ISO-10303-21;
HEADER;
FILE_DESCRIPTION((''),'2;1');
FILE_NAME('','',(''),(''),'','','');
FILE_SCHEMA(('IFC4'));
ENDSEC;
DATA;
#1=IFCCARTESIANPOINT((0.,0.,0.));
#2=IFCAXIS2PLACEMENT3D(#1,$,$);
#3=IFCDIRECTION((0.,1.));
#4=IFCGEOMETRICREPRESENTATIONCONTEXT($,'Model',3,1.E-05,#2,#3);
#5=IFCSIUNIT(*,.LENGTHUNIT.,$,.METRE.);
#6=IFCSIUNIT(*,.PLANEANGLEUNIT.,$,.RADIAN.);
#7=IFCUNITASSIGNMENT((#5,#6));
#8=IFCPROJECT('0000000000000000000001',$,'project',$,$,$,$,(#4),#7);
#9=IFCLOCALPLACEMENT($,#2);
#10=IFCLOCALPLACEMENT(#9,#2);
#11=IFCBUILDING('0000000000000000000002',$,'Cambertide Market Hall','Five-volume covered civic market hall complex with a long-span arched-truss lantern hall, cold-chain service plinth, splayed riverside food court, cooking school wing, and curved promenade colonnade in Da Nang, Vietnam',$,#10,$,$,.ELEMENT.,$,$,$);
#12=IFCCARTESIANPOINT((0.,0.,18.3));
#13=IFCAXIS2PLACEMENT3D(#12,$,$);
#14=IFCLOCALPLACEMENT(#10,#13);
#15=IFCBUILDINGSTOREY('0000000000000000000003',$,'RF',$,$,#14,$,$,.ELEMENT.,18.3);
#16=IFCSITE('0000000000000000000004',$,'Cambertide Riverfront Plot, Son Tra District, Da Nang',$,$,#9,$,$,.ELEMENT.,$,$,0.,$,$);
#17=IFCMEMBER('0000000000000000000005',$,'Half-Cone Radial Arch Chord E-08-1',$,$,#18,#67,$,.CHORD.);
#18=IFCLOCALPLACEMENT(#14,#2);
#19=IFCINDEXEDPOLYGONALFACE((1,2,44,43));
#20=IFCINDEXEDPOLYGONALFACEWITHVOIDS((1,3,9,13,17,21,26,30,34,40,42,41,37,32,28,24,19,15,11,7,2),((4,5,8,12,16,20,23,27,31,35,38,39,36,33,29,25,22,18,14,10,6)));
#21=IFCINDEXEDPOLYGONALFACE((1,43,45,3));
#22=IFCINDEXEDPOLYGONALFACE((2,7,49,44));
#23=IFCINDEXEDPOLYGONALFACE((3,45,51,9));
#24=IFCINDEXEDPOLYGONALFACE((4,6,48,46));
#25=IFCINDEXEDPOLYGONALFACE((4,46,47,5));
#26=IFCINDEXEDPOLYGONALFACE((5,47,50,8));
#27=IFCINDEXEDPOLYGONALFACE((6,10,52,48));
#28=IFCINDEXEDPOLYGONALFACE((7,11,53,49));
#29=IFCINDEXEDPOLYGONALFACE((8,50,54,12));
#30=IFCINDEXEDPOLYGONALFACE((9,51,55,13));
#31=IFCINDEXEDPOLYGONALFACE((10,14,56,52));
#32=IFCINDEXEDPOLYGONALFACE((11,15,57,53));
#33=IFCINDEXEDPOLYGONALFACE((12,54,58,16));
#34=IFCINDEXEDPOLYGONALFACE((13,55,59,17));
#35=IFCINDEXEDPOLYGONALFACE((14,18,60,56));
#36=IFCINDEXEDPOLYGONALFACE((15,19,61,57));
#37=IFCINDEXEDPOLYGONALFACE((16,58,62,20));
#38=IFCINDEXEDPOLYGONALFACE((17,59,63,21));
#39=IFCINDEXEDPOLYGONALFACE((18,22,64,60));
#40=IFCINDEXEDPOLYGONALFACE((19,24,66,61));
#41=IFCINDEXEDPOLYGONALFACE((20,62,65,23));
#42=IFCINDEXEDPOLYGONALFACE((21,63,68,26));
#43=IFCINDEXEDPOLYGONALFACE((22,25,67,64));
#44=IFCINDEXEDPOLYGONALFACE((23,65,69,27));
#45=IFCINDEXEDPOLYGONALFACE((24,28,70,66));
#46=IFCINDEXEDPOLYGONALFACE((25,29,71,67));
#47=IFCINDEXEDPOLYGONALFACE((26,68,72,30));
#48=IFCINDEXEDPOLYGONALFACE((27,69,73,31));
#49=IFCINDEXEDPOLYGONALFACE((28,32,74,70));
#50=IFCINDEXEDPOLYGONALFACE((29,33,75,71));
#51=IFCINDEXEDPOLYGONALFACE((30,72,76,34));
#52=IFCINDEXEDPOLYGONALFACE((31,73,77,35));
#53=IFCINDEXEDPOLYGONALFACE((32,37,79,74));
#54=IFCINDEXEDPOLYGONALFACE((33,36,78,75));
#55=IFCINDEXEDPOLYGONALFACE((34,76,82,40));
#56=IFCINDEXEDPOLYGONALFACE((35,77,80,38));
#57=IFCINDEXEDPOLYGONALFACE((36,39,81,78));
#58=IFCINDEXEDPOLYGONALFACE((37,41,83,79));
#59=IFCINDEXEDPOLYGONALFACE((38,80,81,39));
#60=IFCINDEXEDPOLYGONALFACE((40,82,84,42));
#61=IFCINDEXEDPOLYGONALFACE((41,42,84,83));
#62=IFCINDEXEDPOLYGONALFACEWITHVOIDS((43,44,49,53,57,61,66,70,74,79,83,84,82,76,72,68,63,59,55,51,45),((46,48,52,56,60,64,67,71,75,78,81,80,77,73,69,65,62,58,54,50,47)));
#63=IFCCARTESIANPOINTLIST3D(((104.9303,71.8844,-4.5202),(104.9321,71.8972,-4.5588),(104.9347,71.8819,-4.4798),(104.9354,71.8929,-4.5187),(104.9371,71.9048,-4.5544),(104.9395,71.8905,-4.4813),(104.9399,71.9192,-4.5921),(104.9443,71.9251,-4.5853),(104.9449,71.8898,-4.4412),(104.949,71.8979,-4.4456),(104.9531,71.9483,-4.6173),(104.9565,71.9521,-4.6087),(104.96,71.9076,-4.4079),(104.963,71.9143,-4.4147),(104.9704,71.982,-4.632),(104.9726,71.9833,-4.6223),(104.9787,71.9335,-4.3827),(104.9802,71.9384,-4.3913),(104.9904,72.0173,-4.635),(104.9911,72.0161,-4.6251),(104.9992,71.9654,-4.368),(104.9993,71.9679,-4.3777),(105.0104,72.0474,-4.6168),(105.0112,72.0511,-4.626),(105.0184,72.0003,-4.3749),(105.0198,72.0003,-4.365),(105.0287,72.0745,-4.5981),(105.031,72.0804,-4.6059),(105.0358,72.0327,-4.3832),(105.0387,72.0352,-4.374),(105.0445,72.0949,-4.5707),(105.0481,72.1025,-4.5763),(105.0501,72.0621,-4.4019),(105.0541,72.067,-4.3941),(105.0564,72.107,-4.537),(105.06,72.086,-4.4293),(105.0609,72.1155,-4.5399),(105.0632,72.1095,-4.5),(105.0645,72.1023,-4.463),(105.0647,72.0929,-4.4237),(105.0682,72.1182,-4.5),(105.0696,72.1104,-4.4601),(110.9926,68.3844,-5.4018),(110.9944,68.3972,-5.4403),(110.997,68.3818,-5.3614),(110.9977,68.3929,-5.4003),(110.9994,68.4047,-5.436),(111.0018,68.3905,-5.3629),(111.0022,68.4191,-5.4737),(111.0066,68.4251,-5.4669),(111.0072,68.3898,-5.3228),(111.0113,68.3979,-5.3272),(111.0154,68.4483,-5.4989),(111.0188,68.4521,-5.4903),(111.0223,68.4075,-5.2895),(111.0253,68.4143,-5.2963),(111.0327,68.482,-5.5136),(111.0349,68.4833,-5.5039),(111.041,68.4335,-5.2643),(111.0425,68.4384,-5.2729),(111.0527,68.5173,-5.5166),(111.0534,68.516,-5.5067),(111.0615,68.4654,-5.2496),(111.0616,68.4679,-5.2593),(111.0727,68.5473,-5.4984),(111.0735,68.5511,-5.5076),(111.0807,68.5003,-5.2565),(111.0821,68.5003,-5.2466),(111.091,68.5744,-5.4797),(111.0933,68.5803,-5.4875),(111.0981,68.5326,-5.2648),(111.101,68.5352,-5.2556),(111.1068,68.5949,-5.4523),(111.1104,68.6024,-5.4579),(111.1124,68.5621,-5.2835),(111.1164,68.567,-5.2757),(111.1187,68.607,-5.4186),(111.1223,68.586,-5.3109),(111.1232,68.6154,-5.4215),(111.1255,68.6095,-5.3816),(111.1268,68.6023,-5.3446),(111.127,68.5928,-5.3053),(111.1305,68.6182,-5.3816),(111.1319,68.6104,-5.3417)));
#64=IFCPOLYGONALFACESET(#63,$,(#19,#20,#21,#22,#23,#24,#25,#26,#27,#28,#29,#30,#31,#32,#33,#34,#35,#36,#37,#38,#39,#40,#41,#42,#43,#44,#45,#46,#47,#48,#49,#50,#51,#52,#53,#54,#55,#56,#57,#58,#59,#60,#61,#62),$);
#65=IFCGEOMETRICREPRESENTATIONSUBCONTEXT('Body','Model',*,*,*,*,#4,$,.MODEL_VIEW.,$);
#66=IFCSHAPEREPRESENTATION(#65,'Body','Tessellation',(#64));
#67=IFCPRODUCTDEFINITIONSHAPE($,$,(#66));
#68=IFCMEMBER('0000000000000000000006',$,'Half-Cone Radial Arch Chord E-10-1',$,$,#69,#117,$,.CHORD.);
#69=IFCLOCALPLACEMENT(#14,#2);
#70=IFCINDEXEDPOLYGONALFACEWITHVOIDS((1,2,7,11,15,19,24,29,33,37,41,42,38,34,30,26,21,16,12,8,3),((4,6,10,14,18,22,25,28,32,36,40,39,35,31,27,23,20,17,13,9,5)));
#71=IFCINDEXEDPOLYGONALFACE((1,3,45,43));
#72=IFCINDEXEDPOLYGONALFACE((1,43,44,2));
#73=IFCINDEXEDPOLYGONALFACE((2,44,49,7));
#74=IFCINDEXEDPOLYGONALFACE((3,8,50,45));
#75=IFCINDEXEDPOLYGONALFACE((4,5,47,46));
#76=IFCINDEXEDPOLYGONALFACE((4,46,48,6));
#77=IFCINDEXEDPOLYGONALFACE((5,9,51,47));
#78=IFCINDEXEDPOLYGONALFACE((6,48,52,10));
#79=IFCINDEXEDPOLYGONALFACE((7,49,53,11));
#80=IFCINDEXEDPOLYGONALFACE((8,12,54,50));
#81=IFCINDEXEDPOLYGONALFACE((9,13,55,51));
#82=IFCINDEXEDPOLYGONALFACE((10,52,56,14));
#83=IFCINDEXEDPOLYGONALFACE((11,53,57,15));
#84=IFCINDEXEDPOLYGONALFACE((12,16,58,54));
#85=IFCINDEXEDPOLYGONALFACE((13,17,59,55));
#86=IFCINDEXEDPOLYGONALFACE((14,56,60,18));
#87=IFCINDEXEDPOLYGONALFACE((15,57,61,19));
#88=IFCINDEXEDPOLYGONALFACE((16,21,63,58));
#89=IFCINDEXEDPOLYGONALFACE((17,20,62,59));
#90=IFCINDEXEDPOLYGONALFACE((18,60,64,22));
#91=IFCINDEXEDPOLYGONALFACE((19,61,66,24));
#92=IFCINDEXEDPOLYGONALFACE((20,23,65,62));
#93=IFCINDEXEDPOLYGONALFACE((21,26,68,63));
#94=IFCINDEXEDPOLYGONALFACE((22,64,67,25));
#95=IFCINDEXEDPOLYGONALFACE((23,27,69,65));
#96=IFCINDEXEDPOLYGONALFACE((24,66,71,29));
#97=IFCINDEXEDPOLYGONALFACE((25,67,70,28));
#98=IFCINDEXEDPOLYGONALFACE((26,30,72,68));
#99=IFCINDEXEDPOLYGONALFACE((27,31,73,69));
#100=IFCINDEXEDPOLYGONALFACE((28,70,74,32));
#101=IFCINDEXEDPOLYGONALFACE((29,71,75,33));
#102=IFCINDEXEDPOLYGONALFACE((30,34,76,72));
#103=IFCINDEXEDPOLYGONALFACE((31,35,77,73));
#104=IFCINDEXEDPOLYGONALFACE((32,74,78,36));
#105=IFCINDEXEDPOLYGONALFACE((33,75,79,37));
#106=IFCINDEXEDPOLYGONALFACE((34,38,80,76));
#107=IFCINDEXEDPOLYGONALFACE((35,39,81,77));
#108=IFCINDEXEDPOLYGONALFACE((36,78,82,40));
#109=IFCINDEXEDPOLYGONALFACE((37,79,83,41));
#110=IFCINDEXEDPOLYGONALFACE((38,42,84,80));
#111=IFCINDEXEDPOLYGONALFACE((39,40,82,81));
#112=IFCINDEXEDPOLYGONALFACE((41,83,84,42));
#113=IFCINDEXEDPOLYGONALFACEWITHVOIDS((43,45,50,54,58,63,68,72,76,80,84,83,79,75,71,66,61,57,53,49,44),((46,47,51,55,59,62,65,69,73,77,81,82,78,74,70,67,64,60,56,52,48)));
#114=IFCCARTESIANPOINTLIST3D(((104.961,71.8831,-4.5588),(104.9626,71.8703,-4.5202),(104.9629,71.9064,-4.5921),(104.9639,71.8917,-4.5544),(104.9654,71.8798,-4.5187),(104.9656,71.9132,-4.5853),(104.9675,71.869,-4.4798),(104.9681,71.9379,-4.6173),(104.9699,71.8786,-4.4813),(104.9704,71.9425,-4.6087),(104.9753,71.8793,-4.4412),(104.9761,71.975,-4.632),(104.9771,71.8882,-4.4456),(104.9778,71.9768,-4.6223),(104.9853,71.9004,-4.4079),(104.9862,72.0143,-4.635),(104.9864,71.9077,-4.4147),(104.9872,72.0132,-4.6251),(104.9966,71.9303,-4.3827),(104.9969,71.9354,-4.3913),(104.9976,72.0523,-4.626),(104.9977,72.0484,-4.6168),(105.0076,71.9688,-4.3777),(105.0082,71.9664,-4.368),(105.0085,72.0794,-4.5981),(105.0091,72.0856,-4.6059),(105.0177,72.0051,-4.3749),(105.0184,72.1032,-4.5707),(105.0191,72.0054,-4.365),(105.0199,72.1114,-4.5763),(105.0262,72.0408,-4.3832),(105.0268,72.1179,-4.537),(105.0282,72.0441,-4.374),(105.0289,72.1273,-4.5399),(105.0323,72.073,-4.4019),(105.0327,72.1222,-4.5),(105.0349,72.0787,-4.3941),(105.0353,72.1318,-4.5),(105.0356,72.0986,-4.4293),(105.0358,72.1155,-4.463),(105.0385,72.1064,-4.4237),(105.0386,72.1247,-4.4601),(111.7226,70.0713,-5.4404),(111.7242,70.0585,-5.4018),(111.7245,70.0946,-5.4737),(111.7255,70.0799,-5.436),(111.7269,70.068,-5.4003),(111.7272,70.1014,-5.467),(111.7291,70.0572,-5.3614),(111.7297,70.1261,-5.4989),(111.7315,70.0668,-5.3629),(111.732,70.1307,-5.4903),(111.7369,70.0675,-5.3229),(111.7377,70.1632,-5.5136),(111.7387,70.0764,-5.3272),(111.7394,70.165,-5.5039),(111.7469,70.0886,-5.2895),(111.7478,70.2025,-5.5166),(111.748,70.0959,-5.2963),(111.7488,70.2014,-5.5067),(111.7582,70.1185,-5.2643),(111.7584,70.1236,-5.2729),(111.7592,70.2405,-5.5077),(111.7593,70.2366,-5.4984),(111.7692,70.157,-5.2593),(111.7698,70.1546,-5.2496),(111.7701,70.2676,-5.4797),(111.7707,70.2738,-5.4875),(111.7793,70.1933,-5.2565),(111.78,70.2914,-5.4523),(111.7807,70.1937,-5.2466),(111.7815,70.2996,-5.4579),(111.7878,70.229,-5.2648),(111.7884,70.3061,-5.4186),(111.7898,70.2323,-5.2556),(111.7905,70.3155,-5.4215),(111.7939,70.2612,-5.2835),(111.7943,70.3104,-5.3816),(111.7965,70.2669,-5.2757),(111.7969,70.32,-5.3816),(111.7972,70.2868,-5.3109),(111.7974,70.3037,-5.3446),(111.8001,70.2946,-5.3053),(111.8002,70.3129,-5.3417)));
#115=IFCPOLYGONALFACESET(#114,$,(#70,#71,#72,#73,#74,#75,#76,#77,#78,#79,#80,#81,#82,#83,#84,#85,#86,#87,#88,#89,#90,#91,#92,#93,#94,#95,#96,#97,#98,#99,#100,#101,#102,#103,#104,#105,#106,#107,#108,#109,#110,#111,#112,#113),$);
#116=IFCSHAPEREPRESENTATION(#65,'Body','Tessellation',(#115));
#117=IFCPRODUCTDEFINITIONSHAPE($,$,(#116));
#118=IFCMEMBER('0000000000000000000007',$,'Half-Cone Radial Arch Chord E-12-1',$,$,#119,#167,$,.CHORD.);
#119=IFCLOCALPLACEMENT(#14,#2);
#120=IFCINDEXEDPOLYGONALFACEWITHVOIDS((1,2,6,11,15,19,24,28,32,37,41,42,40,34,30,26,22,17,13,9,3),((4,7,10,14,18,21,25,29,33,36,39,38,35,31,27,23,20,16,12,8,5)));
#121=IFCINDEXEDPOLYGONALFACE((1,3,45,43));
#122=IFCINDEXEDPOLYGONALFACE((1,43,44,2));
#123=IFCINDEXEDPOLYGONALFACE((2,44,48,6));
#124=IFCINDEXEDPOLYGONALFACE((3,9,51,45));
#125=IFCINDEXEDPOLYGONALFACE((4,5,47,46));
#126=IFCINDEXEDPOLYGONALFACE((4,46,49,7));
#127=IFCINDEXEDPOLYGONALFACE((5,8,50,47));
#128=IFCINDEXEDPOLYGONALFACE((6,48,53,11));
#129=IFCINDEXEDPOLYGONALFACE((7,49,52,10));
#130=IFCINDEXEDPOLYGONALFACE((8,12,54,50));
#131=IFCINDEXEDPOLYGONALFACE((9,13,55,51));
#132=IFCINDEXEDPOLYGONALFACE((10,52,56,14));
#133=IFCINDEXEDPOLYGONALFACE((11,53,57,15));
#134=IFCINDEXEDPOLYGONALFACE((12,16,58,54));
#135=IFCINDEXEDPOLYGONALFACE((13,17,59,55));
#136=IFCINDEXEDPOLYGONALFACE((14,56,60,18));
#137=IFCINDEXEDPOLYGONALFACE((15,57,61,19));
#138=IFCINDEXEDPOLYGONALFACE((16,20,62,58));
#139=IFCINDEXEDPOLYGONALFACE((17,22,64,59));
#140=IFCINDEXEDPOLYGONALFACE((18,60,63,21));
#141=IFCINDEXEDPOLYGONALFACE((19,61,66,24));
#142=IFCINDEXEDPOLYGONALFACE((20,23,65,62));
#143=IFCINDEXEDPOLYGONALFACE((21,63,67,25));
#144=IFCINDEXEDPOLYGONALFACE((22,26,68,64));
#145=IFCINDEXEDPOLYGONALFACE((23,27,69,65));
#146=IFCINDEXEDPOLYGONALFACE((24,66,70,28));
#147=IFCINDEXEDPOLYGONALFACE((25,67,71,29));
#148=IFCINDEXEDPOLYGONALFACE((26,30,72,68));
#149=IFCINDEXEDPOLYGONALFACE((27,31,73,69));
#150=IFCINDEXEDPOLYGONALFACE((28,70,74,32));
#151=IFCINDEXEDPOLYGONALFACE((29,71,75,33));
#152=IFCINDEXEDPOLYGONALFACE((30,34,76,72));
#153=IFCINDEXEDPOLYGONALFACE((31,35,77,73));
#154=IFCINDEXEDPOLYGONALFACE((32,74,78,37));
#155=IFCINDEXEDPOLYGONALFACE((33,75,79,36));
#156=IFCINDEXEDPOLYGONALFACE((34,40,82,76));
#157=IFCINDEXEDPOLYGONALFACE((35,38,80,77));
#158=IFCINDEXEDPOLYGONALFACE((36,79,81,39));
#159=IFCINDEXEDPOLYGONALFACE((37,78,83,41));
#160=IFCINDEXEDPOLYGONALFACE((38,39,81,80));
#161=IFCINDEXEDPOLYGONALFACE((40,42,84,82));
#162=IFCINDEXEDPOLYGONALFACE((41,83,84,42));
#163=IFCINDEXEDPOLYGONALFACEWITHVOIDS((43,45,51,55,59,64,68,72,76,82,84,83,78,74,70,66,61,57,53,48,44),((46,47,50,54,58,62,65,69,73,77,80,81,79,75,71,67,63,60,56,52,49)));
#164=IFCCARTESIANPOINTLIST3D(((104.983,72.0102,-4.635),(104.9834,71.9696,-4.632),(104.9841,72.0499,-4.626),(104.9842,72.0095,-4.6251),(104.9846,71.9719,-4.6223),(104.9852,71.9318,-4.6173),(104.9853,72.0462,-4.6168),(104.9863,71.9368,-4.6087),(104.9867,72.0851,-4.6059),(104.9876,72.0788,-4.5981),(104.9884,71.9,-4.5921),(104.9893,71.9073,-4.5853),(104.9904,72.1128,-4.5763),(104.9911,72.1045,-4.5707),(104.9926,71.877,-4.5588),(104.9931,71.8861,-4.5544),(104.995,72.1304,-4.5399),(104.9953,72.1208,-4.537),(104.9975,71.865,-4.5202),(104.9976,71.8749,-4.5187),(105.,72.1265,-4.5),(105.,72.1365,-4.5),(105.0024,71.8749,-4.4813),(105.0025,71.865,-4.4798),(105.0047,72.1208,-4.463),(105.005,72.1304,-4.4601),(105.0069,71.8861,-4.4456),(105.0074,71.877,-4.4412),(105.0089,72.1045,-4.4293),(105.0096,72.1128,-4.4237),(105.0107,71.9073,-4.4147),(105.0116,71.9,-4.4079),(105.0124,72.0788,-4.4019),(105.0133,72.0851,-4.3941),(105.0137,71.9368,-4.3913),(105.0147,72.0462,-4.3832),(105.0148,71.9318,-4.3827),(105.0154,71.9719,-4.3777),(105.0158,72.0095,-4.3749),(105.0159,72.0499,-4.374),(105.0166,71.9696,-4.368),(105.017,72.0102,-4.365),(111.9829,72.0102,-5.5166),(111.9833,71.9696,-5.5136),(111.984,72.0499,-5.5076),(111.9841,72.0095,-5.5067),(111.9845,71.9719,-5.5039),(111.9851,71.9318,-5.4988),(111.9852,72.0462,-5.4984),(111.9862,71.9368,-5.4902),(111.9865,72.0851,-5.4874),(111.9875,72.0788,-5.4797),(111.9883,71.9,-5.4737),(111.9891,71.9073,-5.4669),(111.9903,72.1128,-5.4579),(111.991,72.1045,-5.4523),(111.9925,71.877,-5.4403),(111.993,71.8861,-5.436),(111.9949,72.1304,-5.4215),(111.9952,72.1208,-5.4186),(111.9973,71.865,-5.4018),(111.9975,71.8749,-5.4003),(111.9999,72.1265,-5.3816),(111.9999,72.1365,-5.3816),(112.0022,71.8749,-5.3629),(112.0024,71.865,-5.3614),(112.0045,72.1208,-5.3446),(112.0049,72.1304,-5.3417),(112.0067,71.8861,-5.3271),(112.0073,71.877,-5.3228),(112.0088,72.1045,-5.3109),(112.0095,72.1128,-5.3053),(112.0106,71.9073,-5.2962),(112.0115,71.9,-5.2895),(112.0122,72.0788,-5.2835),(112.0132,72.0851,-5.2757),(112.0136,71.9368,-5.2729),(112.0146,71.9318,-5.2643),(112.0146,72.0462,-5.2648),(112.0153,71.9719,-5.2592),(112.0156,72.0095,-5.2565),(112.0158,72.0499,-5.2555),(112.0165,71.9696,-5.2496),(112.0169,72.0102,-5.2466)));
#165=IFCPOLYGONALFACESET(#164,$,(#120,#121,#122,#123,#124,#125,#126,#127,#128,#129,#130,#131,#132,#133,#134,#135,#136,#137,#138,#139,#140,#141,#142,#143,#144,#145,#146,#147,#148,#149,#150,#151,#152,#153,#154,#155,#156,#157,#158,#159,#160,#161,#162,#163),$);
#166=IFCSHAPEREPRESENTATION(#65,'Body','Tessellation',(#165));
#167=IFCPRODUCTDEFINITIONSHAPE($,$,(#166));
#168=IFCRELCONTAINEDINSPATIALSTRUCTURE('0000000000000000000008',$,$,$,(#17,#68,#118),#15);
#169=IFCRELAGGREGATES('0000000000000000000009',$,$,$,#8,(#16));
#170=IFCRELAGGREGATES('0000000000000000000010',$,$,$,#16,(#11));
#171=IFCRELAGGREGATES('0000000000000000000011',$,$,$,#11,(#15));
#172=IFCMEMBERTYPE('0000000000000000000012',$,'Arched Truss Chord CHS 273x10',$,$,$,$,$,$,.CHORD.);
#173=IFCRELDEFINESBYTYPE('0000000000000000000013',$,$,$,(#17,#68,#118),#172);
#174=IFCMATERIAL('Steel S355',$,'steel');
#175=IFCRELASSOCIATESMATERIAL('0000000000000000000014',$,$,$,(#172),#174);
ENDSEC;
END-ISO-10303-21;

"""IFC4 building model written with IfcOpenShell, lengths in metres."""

from ifc_helpers import new_model, si_unit, direction, frame, origin, origin_2d, place, context, subcontext, project, spatial, hollow_circle, extrude, material, material_profile, profile_set, type_object, element, save


model = new_model("IFC4")

# Units and contexts
model_context = context("Model", 3, precision=1e-05, world=origin(), true_north=direction((0.0, 1.0)))
body_context = subcontext(model_context, "Body", "Model", "MODEL_VIEW")
ifc_project = project(units=[si_unit("LENGTHUNIT", "METRE"), si_unit("PLANEANGLEUNIT", "RADIAN")], contexts=[model_context])

# Site, building, storey
site_placement = place(None, origin())
site = spatial("IfcSite", under=ifc_project, at=site_placement, Name="Cambertide Riverfront Plot, Son Tra District, Da Nang", CompositionType="ELEMENT", RefElevation=0.0)
building_placement = place(site_placement, origin())
building = spatial("IfcBuilding", under=site, at=building_placement, Name="Cambertide Market Hall", Description="Five-volume covered civic market hall complex with a long-span arched-truss lantern hall, cold-chain service plinth, splayed riverside food court, cooking school wing, and curved promenade colonnade in Da Nang, Vietnam", CompositionType="ELEMENT")
storey_placement = place(building_placement, frame((0.0, 0.0, 18.3)))
storey = spatial("IfcBuildingStorey", under=building, at=storey_placement, Name="RF", CompositionType="ELEMENT", Elevation=18.3)

# Members
ifc_material_1 = material(Name="Steel S355", Category="steel")
ifc_material_profile_1 = material_profile(ifc_material_1, hollow_circle(Radius=0.1365, WallThickness=0.01, at=origin_2d()), Name="CHS 273x10")
ifc_profile_set_1 = profile_set([ifc_material_profile_1], Name="Steel S355")
member_type_1 = type_object("IfcMemberType", Name="Arched Truss Chord CHS 273x10", PredefinedType="CHORD", material=ifc_profile_set_1)
for number, where, z_axis, x_axis, name in (
    (1, (105.0, 72.0, -4.5), (0.859241, -0.496077, -0.124953), (0.499995, 0.866028, 0.0), "Half-Cone Radial Arch Chord E-08-1"),
    (2, (105.0, 72.0, -4.5), (0.958354, -0.256795, -0.124955), (0.258824, 0.965925, 0.0), "Half-Cone Radial Arch Chord E-10-1"),
):
    element("IfcMember", number, at=place(storey_placement, frame(where, z_axis=z_axis, x_axis=x_axis)), inside=storey, type_object=member_type_1, Name=name, PredefinedType="CHORD", context=body_context, shape_type="SweptSolid", body=[
        extrude(hollow_circle(Radius=0.1365, WallThickness=0.01, at=origin_2d()), origin(), (0.0, 0.0, 1.0), 7.0554),
    ])
member_1_placement = place(storey_placement, frame((105.0, 72.0, -4.5), z_axis=(0.992162, 0.0, -0.124955), x_axis=(0.0, 1.0, 0.0)))
element("IfcMember", 3, at=member_1_placement, inside=storey, type_object=member_type_1, Name="Half-Cone Radial Arch Chord E-12-1", PredefinedType="CHORD", context=body_context, shape_type="SweptSolid", body=[
    extrude(hollow_circle(Radius=0.1365, WallThickness=0.01, at=origin_2d()), origin(), (0.0, 0.0, 1.0), 7.0552),
])

save(model, "model.ifc")
